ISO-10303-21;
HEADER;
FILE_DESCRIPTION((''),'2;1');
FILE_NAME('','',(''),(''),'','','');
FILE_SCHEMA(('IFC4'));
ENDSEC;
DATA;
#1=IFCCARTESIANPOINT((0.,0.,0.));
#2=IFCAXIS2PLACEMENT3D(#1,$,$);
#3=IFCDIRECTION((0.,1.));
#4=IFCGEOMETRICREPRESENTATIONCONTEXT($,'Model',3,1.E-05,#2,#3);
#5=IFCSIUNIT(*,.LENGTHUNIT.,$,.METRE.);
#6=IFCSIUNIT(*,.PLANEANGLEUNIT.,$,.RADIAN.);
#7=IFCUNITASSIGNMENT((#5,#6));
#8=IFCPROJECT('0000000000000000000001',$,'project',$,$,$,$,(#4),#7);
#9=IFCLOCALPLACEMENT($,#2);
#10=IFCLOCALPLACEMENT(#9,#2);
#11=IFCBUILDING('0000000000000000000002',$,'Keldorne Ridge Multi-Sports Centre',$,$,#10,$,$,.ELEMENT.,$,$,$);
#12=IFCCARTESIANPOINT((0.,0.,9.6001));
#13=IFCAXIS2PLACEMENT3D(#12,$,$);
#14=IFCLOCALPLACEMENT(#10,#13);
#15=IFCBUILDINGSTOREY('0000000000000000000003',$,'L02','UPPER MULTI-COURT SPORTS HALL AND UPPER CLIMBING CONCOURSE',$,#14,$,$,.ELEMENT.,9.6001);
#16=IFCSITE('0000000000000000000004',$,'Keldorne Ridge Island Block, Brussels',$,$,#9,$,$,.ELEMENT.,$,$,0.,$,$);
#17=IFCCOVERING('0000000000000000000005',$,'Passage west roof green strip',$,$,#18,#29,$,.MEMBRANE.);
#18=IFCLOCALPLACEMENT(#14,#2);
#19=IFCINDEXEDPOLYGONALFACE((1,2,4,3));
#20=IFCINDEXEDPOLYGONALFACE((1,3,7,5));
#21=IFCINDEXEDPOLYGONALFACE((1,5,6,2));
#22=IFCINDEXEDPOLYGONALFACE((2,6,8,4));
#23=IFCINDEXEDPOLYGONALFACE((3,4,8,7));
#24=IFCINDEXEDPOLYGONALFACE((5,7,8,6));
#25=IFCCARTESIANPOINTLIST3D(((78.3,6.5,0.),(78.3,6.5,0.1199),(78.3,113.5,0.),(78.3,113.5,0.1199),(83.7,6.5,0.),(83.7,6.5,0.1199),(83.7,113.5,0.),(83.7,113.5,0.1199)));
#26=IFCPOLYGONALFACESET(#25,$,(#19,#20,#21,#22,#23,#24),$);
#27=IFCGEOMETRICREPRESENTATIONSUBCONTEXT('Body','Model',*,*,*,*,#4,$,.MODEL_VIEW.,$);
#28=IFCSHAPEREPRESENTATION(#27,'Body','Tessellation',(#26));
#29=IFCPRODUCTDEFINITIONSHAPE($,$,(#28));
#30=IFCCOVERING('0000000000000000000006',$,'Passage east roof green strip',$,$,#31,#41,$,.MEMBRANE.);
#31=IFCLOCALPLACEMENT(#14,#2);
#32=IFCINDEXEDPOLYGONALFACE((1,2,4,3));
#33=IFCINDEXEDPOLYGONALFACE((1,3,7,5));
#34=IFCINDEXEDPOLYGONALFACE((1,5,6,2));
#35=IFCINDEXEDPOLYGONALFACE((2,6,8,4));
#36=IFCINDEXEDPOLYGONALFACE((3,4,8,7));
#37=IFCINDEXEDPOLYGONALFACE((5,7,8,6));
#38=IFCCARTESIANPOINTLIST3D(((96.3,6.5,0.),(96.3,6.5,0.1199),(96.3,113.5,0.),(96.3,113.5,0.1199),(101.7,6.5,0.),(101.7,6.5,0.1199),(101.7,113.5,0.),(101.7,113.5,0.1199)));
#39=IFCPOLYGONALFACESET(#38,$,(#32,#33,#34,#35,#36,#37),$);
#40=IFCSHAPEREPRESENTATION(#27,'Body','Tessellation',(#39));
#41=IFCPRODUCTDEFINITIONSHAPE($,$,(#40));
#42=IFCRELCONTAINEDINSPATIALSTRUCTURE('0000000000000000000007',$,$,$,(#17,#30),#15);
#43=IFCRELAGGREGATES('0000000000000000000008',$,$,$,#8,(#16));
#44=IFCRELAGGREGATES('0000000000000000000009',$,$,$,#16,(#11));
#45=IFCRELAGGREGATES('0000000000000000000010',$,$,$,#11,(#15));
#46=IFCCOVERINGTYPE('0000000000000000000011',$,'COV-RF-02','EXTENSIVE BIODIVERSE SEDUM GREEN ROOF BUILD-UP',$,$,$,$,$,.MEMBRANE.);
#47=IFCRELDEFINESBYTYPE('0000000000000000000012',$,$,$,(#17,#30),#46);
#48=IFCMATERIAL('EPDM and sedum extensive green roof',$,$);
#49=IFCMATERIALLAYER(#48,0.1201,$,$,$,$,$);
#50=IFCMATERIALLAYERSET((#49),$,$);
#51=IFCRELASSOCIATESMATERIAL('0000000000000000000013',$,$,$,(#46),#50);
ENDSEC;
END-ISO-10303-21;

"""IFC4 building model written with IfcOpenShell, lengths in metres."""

from ifc_helpers import new_model, si_unit, direction, frame, origin, place, context, subcontext, project, spatial, polyline, outline, extrude, material, layer, layer_set, type_object, element, save


model = new_model("IFC4")

# Units and contexts
model_context = context("Model", 3, precision=1e-05, world=origin(), true_north=direction((0.0, 1.0)))
body_context = subcontext(model_context, "Body", "Model", "MODEL_VIEW")
ifc_project = project(units=[si_unit("LENGTHUNIT", "METRE"), si_unit("PLANEANGLEUNIT", "RADIAN")], contexts=[model_context])

# Site, building, storey
site_placement = place(None, origin())
site = spatial("IfcSite", under=ifc_project, at=site_placement, Name="Keldorne Ridge Island Block, Brussels", CompositionType="ELEMENT", RefElevation=0.0)
building_placement = place(site_placement, origin())
building = spatial("IfcBuilding", under=site, at=building_placement, Name="Keldorne Ridge Multi-Sports Centre", CompositionType="ELEMENT")
storey_placement = place(building_placement, frame((0.0, 0.0, 9.6001)))
storey = spatial("IfcBuildingStorey", under=building, at=storey_placement, Name="L02", Description="UPPER MULTI-COURT SPORTS HALL AND UPPER CLIMBING CONCOURSE", CompositionType="ELEMENT", Elevation=9.6001)

# Coverings
ifc_material_1 = material(Name="EPDM and sedum extensive green roof")
ifc_layer_1 = layer(ifc_material_1, 0.1201)
ifc_layer_set_1 = layer_set([ifc_layer_1])
covering_type_1 = type_object("IfcCoveringType", Name="COV-RF-02", Description="EXTENSIVE BIODIVERSE SEDUM GREEN ROOF BUILD-UP", PredefinedType="MEMBRANE", material=ifc_layer_set_1)
covering_1_placement = place(storey_placement, origin())
element("IfcCovering", 1, at=covering_1_placement, inside=storey, type_object=covering_type_1, Name="Passage west roof green strip", PredefinedType="MEMBRANE", context=body_context, shape_type="SweptSolid", body=[
    extrude(outline(polyline([(78.3, 6.5), (83.7, 6.5), (83.7, 113.5), (78.3, 113.5), (78.3, 6.5)])), origin(), (0.0, 0.0, 1.0), 0.1199),
])
covering_2_placement = place(storey_placement, origin())
element("IfcCovering", 2, at=covering_2_placement, inside=storey, type_object=covering_type_1, Name="Passage east roof green strip", PredefinedType="MEMBRANE", context=body_context, shape_type="SweptSolid", body=[
    extrude(outline(polyline([(96.3, 6.5), (101.7, 6.5), (101.7, 113.5), (96.3, 113.5), (96.3, 6.5)])), origin(), (0.0, 0.0, 1.0), 0.1199),
])

save(model, "model.ifc")
